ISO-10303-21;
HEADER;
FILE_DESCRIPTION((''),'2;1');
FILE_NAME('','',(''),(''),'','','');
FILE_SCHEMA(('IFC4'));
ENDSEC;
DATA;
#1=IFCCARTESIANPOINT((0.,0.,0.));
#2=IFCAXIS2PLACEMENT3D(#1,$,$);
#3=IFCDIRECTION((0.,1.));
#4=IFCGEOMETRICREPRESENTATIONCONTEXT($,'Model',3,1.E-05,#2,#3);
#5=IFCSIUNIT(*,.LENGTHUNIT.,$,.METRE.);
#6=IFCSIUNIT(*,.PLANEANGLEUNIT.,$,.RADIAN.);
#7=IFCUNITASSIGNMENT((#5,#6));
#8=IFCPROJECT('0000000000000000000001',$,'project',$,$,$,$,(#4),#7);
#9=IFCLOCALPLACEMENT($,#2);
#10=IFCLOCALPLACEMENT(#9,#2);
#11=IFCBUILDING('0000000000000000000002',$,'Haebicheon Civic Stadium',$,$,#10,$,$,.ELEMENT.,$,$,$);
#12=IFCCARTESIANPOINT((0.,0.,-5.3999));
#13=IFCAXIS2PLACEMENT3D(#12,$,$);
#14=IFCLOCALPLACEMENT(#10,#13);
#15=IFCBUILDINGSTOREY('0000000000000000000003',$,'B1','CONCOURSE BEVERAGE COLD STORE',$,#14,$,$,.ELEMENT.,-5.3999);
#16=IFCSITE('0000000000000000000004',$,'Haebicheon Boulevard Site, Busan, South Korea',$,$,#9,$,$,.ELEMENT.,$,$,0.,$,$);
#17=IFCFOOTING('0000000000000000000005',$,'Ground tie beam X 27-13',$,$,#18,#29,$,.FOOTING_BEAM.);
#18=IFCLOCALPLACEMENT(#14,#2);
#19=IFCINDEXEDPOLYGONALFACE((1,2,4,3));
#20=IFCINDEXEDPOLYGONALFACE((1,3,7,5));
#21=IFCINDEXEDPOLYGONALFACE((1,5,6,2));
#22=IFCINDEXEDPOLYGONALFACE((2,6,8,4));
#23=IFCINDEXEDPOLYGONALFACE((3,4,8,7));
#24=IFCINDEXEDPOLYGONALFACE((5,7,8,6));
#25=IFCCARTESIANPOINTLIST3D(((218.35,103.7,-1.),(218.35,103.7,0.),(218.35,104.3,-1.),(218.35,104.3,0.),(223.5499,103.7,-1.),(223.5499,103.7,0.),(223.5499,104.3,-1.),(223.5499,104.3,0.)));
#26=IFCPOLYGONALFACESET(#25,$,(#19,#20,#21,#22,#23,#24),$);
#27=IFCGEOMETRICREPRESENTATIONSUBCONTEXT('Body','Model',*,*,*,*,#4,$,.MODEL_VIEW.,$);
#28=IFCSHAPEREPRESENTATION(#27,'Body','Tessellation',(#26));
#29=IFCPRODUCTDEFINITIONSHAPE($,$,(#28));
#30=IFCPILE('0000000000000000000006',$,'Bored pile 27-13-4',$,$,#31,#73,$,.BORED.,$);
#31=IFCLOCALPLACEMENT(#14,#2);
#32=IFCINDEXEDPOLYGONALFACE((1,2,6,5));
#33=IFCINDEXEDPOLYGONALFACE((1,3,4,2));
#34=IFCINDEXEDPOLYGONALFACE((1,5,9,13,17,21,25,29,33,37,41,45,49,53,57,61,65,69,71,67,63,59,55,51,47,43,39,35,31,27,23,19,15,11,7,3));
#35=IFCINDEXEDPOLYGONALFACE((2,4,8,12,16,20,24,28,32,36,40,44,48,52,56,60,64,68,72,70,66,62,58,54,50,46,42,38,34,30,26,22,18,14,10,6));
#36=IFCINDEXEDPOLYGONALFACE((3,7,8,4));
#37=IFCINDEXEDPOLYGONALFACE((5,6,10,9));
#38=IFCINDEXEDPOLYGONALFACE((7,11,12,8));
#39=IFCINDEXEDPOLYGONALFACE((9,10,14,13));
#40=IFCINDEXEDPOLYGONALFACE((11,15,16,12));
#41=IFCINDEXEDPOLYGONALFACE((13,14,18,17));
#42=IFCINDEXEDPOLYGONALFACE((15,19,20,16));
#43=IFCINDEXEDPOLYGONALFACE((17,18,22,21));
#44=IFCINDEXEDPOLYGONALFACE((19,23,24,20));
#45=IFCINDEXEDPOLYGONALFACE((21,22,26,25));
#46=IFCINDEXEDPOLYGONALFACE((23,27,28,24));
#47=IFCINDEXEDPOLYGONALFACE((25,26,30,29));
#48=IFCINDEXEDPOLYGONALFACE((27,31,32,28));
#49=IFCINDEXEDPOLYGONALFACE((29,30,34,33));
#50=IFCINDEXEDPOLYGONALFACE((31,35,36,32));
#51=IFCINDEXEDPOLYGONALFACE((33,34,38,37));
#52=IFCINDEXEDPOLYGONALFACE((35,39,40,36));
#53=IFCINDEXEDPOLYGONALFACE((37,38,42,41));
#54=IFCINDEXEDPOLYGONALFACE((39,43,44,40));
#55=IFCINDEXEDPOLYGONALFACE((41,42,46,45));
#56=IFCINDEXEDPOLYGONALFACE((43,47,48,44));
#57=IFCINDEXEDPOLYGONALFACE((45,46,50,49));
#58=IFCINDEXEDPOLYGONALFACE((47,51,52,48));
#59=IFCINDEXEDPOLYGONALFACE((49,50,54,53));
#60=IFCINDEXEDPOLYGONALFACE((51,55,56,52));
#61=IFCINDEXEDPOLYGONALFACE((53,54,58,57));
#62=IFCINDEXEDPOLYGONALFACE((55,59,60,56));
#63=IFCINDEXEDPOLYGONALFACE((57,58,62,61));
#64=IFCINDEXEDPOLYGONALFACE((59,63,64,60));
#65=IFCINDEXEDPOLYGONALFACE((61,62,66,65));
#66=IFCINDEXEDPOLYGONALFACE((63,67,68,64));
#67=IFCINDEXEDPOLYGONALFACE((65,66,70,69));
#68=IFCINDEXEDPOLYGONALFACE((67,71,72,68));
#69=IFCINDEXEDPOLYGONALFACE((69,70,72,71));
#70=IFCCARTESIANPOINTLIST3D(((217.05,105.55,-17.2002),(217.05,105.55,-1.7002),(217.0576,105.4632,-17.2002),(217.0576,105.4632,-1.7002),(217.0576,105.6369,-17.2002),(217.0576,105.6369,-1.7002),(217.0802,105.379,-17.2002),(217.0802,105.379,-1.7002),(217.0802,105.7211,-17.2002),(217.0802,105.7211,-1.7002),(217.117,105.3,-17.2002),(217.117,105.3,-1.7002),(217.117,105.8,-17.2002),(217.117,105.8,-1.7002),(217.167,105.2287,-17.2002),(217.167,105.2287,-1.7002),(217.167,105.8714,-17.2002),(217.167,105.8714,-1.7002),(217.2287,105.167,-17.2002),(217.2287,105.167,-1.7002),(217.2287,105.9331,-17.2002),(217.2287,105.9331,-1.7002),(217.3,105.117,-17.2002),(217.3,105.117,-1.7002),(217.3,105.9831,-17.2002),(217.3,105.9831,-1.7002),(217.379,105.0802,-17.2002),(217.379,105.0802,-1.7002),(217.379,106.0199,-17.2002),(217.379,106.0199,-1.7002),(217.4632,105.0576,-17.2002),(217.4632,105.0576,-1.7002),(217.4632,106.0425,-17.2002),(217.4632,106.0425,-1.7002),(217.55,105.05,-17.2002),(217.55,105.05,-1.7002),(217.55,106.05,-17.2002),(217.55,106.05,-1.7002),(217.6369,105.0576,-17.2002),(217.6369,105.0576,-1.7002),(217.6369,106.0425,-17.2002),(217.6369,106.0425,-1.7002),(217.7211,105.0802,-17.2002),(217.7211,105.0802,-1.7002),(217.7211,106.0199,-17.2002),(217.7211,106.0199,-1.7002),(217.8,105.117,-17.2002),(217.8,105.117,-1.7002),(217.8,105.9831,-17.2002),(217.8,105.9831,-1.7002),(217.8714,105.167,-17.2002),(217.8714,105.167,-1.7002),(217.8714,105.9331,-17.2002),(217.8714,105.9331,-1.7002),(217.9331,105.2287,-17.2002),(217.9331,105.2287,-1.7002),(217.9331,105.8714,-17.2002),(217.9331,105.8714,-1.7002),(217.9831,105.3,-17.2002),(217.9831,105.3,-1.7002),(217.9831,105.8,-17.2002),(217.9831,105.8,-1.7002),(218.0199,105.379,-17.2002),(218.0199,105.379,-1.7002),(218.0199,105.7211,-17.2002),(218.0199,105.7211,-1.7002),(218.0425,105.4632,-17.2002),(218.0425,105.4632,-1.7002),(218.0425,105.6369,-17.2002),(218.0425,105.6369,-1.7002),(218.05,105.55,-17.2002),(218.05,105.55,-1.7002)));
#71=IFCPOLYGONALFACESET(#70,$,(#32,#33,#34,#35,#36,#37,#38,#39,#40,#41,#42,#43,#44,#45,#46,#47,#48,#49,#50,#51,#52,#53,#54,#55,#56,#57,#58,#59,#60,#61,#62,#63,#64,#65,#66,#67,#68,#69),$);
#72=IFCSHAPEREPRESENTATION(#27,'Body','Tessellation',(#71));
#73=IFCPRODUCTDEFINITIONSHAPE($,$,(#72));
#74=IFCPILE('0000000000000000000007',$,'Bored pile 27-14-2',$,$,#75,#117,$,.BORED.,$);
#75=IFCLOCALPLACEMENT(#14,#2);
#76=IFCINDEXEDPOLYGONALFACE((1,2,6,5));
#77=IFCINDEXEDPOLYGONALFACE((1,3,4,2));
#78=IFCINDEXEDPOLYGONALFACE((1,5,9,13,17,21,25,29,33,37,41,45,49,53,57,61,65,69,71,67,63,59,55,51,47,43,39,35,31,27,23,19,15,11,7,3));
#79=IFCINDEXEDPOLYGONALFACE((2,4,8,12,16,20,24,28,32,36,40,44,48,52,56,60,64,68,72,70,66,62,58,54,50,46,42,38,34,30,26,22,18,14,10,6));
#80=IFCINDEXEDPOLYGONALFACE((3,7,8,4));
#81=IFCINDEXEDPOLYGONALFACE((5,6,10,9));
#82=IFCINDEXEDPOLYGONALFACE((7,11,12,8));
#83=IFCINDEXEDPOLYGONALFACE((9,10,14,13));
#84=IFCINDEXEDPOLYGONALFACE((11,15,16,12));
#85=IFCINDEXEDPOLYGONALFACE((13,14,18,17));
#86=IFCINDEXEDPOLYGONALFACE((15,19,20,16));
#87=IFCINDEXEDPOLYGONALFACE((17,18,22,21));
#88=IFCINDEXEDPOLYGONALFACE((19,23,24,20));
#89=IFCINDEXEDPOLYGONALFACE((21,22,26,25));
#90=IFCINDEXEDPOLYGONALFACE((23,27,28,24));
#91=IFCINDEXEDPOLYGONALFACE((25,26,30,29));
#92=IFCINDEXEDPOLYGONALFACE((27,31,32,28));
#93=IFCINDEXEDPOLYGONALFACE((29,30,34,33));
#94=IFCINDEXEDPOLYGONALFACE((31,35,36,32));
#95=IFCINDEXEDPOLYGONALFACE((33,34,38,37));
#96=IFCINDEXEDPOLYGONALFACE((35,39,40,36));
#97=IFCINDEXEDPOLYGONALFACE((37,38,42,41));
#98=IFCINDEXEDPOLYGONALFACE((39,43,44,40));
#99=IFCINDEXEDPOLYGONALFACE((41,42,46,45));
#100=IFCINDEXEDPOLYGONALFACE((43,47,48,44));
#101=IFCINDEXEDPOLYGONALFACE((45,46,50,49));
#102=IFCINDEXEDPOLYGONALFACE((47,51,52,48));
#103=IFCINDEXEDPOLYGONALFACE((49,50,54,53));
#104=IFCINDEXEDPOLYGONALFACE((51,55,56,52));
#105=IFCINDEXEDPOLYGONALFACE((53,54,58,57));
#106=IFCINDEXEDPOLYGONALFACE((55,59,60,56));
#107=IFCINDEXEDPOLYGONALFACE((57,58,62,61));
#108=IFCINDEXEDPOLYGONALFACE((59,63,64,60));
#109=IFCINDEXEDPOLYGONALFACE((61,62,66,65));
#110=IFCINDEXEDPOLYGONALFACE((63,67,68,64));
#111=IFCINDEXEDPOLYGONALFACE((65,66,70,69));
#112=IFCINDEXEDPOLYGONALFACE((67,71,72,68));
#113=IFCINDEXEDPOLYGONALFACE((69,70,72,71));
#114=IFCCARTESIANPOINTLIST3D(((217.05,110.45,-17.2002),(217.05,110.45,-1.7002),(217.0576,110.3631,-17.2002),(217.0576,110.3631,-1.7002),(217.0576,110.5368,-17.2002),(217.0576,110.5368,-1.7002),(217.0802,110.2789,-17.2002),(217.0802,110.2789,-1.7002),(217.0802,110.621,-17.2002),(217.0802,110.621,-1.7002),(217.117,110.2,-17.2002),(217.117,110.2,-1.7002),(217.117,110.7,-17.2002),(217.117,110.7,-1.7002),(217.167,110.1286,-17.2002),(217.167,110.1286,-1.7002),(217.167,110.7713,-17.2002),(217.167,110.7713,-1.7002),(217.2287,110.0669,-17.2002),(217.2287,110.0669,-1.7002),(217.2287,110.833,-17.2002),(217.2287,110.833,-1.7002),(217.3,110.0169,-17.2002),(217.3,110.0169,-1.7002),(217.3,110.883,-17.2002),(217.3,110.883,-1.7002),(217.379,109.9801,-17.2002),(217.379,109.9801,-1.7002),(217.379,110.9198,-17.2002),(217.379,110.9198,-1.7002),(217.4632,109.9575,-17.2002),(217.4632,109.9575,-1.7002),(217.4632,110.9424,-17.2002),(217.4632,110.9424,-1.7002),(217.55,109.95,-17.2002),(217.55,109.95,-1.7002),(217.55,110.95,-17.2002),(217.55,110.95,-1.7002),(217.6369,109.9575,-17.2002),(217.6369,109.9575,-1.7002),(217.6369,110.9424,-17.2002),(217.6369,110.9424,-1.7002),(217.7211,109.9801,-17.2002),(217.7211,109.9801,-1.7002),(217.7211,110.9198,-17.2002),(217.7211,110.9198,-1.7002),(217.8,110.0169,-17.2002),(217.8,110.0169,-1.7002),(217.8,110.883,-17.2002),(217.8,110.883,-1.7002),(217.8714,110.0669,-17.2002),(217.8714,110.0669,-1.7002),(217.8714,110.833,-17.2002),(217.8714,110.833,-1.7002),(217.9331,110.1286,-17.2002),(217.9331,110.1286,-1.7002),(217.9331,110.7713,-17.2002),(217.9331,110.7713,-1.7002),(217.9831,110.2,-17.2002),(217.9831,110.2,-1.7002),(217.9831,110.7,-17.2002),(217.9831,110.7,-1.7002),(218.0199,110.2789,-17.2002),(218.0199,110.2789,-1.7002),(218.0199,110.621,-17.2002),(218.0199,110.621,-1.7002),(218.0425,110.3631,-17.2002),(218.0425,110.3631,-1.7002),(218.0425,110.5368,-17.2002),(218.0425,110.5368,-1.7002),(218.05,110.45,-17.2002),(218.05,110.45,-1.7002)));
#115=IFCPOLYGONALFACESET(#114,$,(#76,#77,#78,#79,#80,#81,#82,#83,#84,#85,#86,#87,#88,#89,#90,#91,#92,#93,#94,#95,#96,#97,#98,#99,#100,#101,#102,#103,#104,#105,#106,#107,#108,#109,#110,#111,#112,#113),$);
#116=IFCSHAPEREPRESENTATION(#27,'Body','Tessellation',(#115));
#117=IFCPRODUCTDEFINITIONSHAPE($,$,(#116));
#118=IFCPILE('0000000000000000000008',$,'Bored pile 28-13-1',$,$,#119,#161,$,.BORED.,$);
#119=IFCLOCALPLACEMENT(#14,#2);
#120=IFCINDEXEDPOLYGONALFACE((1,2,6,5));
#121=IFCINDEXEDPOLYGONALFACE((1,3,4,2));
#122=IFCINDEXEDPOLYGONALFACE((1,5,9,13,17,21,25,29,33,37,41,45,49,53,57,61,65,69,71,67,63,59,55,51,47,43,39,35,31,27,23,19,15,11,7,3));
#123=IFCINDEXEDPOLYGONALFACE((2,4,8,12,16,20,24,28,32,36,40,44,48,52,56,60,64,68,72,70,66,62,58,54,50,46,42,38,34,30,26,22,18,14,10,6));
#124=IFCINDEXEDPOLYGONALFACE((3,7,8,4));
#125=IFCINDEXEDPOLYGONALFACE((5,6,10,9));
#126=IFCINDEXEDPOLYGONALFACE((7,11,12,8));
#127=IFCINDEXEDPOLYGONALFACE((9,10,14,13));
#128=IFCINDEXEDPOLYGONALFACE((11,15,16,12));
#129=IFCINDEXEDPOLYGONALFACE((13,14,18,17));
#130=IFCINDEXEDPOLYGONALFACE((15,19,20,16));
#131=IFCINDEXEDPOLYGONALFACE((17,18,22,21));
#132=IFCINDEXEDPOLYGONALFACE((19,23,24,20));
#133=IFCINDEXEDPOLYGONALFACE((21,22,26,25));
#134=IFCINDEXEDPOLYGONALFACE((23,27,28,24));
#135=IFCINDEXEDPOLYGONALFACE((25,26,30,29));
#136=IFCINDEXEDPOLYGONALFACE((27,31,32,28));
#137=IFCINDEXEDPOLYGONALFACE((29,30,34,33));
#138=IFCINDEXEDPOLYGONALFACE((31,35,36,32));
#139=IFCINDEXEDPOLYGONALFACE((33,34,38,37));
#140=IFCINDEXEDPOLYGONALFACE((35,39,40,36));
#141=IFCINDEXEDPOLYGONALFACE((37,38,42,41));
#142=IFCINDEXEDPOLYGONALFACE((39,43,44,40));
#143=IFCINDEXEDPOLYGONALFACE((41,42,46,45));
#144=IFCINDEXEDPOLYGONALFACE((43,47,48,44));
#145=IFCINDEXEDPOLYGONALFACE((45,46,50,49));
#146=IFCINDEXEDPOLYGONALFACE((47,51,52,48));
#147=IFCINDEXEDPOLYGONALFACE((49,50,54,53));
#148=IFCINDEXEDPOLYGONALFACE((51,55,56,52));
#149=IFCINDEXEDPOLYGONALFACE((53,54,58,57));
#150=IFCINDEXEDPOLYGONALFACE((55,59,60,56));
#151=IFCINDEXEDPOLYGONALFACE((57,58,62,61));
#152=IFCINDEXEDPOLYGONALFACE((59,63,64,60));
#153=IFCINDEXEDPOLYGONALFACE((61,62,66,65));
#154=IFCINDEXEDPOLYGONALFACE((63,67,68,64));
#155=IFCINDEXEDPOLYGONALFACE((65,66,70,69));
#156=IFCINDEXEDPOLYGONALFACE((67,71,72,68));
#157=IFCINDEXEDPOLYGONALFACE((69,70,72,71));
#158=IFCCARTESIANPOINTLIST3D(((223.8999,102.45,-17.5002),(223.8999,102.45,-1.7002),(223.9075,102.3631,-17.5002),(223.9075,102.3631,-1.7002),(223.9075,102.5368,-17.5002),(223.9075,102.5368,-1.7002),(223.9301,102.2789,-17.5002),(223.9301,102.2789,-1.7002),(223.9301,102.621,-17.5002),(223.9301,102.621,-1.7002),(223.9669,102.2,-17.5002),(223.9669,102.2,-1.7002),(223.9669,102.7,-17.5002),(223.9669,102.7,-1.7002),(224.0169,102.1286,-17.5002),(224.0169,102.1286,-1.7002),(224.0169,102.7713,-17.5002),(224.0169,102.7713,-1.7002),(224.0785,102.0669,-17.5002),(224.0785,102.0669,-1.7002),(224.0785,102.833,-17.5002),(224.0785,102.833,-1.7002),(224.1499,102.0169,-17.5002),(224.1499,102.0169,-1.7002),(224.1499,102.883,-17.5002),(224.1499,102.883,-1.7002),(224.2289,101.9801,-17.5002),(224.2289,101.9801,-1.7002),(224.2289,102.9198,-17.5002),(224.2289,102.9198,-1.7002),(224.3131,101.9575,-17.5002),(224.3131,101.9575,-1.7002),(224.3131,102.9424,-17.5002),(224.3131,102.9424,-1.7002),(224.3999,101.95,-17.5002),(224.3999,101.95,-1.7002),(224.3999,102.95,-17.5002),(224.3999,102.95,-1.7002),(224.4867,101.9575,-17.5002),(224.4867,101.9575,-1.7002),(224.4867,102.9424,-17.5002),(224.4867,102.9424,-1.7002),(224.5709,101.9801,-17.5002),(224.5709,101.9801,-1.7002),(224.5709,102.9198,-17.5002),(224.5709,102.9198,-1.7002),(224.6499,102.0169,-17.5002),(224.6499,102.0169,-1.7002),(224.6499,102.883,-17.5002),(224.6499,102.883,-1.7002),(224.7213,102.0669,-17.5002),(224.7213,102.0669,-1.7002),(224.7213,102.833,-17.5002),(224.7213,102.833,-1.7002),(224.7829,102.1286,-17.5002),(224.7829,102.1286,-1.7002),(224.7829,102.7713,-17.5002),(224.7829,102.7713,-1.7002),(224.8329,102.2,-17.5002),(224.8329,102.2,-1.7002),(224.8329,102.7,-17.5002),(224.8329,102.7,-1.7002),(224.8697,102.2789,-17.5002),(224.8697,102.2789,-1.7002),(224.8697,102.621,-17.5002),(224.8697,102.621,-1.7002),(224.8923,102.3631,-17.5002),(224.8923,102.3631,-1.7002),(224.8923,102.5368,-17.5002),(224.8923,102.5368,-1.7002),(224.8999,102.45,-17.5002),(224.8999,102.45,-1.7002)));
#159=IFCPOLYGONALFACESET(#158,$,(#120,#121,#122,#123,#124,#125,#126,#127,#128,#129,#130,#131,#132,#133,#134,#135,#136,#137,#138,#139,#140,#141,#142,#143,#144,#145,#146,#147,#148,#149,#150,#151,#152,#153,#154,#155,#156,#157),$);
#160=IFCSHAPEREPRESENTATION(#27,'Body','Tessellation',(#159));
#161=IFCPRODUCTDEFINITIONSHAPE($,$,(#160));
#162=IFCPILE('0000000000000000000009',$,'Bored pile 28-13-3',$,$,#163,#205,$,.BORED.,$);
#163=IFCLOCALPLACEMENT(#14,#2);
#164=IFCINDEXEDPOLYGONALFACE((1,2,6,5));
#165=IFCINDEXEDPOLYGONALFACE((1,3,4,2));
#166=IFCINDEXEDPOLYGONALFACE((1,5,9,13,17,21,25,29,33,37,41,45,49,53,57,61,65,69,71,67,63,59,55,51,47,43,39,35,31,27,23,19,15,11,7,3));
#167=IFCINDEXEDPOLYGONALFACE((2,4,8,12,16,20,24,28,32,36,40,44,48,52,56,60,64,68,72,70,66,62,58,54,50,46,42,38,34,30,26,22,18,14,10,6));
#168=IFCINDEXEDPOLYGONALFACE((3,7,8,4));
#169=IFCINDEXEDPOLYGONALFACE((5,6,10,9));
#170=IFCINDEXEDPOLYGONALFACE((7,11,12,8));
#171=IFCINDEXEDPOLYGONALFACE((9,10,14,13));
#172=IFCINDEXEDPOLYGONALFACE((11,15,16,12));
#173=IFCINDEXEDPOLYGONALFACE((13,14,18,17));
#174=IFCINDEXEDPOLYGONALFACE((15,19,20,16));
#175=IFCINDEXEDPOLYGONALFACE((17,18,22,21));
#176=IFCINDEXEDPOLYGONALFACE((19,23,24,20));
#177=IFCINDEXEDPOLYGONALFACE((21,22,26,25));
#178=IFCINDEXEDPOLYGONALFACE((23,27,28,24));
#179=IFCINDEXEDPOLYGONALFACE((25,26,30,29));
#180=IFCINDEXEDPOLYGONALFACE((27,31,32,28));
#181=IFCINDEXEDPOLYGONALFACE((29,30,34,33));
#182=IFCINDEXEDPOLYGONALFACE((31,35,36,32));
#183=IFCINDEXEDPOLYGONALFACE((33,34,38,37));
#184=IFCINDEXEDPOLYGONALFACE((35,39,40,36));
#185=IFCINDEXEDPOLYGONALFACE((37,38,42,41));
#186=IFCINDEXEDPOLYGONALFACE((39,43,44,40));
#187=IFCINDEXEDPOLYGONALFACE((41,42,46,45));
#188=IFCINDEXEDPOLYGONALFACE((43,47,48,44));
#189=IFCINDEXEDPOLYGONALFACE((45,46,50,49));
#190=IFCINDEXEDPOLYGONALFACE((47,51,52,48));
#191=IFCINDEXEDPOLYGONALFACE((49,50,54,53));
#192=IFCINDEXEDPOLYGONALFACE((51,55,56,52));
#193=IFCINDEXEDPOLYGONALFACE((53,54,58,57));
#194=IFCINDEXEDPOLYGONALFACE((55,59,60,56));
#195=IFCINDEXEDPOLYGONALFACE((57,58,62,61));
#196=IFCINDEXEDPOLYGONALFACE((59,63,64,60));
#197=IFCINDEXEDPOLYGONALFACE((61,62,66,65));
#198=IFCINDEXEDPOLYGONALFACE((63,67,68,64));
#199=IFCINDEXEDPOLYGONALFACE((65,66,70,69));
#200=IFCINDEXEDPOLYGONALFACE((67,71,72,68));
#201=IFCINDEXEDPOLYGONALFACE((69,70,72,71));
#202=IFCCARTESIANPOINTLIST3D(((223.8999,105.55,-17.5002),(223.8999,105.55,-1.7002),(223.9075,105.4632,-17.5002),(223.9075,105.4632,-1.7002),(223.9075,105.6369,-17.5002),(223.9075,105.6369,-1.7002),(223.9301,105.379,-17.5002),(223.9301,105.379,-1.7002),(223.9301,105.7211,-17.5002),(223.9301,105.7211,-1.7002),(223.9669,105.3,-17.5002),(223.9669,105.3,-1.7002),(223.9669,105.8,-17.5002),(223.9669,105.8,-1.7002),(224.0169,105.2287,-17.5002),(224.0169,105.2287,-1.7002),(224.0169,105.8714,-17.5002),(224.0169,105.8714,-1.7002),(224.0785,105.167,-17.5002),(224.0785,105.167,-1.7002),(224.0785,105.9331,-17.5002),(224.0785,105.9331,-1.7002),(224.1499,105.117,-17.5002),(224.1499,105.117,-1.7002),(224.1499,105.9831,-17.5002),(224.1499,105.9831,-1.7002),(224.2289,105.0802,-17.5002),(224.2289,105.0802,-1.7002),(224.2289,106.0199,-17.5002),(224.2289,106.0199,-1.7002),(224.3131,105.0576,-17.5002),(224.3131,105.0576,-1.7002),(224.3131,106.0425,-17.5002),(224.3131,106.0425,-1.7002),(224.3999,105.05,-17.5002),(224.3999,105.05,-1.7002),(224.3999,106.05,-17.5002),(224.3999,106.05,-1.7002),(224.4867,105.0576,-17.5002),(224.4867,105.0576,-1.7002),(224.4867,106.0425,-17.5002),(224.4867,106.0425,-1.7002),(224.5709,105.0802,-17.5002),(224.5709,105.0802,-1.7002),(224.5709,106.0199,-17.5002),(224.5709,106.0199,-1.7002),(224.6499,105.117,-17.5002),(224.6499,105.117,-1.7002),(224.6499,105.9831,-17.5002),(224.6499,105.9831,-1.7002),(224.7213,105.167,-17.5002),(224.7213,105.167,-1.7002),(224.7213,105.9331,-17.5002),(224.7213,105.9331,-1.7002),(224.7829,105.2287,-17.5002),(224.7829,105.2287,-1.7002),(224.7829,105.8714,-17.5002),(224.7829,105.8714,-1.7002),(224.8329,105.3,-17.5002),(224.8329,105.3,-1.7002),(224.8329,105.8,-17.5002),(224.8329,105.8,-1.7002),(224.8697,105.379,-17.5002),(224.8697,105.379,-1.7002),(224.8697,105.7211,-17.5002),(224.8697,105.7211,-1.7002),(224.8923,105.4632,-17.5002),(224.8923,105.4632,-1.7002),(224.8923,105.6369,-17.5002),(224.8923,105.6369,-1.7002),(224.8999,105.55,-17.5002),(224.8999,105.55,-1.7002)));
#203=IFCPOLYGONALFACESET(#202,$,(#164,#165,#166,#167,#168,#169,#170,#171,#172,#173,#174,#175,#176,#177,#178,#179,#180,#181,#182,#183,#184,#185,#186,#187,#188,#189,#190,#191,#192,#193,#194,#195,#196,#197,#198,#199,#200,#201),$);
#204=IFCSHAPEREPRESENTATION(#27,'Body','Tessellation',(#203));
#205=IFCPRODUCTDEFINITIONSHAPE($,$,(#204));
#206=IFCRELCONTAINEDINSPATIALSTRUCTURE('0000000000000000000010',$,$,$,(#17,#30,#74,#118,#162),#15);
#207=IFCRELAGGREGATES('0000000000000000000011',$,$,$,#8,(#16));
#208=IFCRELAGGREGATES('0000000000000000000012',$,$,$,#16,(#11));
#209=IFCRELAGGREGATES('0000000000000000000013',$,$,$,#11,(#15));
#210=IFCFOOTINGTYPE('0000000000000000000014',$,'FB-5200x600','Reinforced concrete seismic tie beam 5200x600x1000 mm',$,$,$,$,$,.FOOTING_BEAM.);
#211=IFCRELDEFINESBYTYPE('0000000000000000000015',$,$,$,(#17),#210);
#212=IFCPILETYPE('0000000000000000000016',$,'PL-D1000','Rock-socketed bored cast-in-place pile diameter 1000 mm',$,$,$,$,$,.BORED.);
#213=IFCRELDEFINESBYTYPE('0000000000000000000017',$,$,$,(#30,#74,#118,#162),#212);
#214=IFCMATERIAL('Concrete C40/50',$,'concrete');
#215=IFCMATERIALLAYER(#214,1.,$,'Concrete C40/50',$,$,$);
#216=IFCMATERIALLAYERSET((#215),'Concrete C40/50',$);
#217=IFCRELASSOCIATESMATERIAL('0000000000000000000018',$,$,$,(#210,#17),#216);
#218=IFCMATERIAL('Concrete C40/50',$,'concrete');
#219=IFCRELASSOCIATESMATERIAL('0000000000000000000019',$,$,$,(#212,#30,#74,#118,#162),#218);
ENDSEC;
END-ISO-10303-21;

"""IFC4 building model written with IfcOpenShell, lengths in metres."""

from ifc_helpers import new_model, si_unit, direction, frame, origin, origin_2d, place, context, subcontext, project, spatial, rectangle, circle, extrude, material, layer, layer_set, material_profile, profile_set, type_object, element, save


model = new_model("IFC4")

# Units and contexts
model_context = context("Model", 3, precision=1e-05, world=origin(), true_north=direction((0.0, 1.0)))
body_context = subcontext(model_context, "Body", "Model", "MODEL_VIEW")
ifc_project = project(units=[si_unit("LENGTHUNIT", "METRE"), si_unit("PLANEANGLEUNIT", "RADIAN")], contexts=[model_context])

# Site, building, storey
site_placement = place(None, origin())
site = spatial("IfcSite", under=ifc_project, at=site_placement, Name="Haebicheon Boulevard Site, Busan, South Korea", CompositionType="ELEMENT", RefElevation=0.0)
building_placement = place(site_placement, origin())
building = spatial("IfcBuilding", under=site, at=building_placement, Name="Haebicheon Civic Stadium", CompositionType="ELEMENT")
storey_placement = place(building_placement, frame((0.0, 0.0, -5.3999)))
storey = spatial("IfcBuildingStorey", under=building, at=storey_placement, Name="B1", Description="CONCOURSE BEVERAGE COLD STORE", CompositionType="ELEMENT", Elevation=-5.3999)

# Footing
ifc_material_1 = material(Name="Concrete C40/50", Category="concrete")
ifc_layer_1 = layer(ifc_material_1, 1.0, Name="Concrete C40/50")
ifc_layer_set_1 = layer_set([ifc_layer_1], Name="Concrete C40/50")
footing_type = type_object("IfcFootingType", Name="FB-5200x600", Description="Reinforced concrete seismic tie beam 5200x600x1000 mm", PredefinedType="FOOTING_BEAM", material=ifc_layer_set_1)
footing_placement = place(storey_placement, frame((220.95, 104.0, -1.0), z_axis=(0.0, 0.0, 1.0), x_axis=(1.0, 0.0, 0.0)))
element("IfcFooting", 1, at=footing_placement, inside=storey, type_object=footing_type, material=ifc_layer_set_1, Name="Ground tie beam X 27-13", PredefinedType="FOOTING_BEAM", context=body_context, shape_type="SweptSolid", body=[
    extrude(rectangle(XDim=5.2, YDim=0.6001, at=origin_2d()), origin(), (0.0, 0.0, 1.0), 1.0),
])

# Piles
ifc_material_2 = material(Name="Concrete C40/50", Category="concrete")
ifc_material_profile_1 = material_profile(ifc_material_2, circle(Radius=0.5, at=origin_2d()), Name="PILE-D1000")
ifc_profile_set_1 = profile_set([ifc_material_profile_1], Name="Concrete C40/50")
pile_type = type_object("IfcPileType", Name="PL-D1000", Description="Rock-socketed bored cast-in-place pile diameter 1000 mm", PredefinedType="BORED", material=ifc_profile_set_1)
for number, where, z_axis, x_axis, name in (
    (2, (217.55, 105.55, -1.7002), (0.0, 0.0, -1.0), (1.0, 0.0, 0.0), "Bored pile 27-13-4"),
    (3, (217.55, 110.45, -1.7002), (0.0, 0.0, -1.0), (1.0, 0.0, 0.0), "Bored pile 27-14-2"),
):
    element("IfcPile", number, at=place(storey_placement, frame(where, z_axis=z_axis, x_axis=x_axis)), inside=storey, type_object=pile_type, material=ifc_profile_set_1, Name=name, PredefinedType="BORED", context=body_context, shape_type="SweptSolid", body=[
        extrude(circle(Radius=0.5, at=origin_2d()), origin(), (0.0, 0.0, 1.0), 15.5),
    ])
for number, where, z_axis, x_axis, name in (
    (4, (224.3999, 102.45, -1.7002), (0.0, 0.0, -1.0), (1.0, 0.0, 0.0), "Bored pile 28-13-1"),
    (5, (224.3999, 105.55, -1.7002), (0.0, 0.0, -1.0), (1.0, 0.0, 0.0), "Bored pile 28-13-3"),
):
    element("IfcPile", number, at=place(storey_placement, frame(where, z_axis=z_axis, x_axis=x_axis)), inside=storey, type_object=pile_type, material=ifc_profile_set_1, Name=name, PredefinedType="BORED", context=body_context, shape_type="SweptSolid", body=[
        extrude(circle(Radius=0.5, at=origin_2d()), origin(), (0.0, 0.0, 1.0), 15.8),
    ])

save(model, "model.ifc")
